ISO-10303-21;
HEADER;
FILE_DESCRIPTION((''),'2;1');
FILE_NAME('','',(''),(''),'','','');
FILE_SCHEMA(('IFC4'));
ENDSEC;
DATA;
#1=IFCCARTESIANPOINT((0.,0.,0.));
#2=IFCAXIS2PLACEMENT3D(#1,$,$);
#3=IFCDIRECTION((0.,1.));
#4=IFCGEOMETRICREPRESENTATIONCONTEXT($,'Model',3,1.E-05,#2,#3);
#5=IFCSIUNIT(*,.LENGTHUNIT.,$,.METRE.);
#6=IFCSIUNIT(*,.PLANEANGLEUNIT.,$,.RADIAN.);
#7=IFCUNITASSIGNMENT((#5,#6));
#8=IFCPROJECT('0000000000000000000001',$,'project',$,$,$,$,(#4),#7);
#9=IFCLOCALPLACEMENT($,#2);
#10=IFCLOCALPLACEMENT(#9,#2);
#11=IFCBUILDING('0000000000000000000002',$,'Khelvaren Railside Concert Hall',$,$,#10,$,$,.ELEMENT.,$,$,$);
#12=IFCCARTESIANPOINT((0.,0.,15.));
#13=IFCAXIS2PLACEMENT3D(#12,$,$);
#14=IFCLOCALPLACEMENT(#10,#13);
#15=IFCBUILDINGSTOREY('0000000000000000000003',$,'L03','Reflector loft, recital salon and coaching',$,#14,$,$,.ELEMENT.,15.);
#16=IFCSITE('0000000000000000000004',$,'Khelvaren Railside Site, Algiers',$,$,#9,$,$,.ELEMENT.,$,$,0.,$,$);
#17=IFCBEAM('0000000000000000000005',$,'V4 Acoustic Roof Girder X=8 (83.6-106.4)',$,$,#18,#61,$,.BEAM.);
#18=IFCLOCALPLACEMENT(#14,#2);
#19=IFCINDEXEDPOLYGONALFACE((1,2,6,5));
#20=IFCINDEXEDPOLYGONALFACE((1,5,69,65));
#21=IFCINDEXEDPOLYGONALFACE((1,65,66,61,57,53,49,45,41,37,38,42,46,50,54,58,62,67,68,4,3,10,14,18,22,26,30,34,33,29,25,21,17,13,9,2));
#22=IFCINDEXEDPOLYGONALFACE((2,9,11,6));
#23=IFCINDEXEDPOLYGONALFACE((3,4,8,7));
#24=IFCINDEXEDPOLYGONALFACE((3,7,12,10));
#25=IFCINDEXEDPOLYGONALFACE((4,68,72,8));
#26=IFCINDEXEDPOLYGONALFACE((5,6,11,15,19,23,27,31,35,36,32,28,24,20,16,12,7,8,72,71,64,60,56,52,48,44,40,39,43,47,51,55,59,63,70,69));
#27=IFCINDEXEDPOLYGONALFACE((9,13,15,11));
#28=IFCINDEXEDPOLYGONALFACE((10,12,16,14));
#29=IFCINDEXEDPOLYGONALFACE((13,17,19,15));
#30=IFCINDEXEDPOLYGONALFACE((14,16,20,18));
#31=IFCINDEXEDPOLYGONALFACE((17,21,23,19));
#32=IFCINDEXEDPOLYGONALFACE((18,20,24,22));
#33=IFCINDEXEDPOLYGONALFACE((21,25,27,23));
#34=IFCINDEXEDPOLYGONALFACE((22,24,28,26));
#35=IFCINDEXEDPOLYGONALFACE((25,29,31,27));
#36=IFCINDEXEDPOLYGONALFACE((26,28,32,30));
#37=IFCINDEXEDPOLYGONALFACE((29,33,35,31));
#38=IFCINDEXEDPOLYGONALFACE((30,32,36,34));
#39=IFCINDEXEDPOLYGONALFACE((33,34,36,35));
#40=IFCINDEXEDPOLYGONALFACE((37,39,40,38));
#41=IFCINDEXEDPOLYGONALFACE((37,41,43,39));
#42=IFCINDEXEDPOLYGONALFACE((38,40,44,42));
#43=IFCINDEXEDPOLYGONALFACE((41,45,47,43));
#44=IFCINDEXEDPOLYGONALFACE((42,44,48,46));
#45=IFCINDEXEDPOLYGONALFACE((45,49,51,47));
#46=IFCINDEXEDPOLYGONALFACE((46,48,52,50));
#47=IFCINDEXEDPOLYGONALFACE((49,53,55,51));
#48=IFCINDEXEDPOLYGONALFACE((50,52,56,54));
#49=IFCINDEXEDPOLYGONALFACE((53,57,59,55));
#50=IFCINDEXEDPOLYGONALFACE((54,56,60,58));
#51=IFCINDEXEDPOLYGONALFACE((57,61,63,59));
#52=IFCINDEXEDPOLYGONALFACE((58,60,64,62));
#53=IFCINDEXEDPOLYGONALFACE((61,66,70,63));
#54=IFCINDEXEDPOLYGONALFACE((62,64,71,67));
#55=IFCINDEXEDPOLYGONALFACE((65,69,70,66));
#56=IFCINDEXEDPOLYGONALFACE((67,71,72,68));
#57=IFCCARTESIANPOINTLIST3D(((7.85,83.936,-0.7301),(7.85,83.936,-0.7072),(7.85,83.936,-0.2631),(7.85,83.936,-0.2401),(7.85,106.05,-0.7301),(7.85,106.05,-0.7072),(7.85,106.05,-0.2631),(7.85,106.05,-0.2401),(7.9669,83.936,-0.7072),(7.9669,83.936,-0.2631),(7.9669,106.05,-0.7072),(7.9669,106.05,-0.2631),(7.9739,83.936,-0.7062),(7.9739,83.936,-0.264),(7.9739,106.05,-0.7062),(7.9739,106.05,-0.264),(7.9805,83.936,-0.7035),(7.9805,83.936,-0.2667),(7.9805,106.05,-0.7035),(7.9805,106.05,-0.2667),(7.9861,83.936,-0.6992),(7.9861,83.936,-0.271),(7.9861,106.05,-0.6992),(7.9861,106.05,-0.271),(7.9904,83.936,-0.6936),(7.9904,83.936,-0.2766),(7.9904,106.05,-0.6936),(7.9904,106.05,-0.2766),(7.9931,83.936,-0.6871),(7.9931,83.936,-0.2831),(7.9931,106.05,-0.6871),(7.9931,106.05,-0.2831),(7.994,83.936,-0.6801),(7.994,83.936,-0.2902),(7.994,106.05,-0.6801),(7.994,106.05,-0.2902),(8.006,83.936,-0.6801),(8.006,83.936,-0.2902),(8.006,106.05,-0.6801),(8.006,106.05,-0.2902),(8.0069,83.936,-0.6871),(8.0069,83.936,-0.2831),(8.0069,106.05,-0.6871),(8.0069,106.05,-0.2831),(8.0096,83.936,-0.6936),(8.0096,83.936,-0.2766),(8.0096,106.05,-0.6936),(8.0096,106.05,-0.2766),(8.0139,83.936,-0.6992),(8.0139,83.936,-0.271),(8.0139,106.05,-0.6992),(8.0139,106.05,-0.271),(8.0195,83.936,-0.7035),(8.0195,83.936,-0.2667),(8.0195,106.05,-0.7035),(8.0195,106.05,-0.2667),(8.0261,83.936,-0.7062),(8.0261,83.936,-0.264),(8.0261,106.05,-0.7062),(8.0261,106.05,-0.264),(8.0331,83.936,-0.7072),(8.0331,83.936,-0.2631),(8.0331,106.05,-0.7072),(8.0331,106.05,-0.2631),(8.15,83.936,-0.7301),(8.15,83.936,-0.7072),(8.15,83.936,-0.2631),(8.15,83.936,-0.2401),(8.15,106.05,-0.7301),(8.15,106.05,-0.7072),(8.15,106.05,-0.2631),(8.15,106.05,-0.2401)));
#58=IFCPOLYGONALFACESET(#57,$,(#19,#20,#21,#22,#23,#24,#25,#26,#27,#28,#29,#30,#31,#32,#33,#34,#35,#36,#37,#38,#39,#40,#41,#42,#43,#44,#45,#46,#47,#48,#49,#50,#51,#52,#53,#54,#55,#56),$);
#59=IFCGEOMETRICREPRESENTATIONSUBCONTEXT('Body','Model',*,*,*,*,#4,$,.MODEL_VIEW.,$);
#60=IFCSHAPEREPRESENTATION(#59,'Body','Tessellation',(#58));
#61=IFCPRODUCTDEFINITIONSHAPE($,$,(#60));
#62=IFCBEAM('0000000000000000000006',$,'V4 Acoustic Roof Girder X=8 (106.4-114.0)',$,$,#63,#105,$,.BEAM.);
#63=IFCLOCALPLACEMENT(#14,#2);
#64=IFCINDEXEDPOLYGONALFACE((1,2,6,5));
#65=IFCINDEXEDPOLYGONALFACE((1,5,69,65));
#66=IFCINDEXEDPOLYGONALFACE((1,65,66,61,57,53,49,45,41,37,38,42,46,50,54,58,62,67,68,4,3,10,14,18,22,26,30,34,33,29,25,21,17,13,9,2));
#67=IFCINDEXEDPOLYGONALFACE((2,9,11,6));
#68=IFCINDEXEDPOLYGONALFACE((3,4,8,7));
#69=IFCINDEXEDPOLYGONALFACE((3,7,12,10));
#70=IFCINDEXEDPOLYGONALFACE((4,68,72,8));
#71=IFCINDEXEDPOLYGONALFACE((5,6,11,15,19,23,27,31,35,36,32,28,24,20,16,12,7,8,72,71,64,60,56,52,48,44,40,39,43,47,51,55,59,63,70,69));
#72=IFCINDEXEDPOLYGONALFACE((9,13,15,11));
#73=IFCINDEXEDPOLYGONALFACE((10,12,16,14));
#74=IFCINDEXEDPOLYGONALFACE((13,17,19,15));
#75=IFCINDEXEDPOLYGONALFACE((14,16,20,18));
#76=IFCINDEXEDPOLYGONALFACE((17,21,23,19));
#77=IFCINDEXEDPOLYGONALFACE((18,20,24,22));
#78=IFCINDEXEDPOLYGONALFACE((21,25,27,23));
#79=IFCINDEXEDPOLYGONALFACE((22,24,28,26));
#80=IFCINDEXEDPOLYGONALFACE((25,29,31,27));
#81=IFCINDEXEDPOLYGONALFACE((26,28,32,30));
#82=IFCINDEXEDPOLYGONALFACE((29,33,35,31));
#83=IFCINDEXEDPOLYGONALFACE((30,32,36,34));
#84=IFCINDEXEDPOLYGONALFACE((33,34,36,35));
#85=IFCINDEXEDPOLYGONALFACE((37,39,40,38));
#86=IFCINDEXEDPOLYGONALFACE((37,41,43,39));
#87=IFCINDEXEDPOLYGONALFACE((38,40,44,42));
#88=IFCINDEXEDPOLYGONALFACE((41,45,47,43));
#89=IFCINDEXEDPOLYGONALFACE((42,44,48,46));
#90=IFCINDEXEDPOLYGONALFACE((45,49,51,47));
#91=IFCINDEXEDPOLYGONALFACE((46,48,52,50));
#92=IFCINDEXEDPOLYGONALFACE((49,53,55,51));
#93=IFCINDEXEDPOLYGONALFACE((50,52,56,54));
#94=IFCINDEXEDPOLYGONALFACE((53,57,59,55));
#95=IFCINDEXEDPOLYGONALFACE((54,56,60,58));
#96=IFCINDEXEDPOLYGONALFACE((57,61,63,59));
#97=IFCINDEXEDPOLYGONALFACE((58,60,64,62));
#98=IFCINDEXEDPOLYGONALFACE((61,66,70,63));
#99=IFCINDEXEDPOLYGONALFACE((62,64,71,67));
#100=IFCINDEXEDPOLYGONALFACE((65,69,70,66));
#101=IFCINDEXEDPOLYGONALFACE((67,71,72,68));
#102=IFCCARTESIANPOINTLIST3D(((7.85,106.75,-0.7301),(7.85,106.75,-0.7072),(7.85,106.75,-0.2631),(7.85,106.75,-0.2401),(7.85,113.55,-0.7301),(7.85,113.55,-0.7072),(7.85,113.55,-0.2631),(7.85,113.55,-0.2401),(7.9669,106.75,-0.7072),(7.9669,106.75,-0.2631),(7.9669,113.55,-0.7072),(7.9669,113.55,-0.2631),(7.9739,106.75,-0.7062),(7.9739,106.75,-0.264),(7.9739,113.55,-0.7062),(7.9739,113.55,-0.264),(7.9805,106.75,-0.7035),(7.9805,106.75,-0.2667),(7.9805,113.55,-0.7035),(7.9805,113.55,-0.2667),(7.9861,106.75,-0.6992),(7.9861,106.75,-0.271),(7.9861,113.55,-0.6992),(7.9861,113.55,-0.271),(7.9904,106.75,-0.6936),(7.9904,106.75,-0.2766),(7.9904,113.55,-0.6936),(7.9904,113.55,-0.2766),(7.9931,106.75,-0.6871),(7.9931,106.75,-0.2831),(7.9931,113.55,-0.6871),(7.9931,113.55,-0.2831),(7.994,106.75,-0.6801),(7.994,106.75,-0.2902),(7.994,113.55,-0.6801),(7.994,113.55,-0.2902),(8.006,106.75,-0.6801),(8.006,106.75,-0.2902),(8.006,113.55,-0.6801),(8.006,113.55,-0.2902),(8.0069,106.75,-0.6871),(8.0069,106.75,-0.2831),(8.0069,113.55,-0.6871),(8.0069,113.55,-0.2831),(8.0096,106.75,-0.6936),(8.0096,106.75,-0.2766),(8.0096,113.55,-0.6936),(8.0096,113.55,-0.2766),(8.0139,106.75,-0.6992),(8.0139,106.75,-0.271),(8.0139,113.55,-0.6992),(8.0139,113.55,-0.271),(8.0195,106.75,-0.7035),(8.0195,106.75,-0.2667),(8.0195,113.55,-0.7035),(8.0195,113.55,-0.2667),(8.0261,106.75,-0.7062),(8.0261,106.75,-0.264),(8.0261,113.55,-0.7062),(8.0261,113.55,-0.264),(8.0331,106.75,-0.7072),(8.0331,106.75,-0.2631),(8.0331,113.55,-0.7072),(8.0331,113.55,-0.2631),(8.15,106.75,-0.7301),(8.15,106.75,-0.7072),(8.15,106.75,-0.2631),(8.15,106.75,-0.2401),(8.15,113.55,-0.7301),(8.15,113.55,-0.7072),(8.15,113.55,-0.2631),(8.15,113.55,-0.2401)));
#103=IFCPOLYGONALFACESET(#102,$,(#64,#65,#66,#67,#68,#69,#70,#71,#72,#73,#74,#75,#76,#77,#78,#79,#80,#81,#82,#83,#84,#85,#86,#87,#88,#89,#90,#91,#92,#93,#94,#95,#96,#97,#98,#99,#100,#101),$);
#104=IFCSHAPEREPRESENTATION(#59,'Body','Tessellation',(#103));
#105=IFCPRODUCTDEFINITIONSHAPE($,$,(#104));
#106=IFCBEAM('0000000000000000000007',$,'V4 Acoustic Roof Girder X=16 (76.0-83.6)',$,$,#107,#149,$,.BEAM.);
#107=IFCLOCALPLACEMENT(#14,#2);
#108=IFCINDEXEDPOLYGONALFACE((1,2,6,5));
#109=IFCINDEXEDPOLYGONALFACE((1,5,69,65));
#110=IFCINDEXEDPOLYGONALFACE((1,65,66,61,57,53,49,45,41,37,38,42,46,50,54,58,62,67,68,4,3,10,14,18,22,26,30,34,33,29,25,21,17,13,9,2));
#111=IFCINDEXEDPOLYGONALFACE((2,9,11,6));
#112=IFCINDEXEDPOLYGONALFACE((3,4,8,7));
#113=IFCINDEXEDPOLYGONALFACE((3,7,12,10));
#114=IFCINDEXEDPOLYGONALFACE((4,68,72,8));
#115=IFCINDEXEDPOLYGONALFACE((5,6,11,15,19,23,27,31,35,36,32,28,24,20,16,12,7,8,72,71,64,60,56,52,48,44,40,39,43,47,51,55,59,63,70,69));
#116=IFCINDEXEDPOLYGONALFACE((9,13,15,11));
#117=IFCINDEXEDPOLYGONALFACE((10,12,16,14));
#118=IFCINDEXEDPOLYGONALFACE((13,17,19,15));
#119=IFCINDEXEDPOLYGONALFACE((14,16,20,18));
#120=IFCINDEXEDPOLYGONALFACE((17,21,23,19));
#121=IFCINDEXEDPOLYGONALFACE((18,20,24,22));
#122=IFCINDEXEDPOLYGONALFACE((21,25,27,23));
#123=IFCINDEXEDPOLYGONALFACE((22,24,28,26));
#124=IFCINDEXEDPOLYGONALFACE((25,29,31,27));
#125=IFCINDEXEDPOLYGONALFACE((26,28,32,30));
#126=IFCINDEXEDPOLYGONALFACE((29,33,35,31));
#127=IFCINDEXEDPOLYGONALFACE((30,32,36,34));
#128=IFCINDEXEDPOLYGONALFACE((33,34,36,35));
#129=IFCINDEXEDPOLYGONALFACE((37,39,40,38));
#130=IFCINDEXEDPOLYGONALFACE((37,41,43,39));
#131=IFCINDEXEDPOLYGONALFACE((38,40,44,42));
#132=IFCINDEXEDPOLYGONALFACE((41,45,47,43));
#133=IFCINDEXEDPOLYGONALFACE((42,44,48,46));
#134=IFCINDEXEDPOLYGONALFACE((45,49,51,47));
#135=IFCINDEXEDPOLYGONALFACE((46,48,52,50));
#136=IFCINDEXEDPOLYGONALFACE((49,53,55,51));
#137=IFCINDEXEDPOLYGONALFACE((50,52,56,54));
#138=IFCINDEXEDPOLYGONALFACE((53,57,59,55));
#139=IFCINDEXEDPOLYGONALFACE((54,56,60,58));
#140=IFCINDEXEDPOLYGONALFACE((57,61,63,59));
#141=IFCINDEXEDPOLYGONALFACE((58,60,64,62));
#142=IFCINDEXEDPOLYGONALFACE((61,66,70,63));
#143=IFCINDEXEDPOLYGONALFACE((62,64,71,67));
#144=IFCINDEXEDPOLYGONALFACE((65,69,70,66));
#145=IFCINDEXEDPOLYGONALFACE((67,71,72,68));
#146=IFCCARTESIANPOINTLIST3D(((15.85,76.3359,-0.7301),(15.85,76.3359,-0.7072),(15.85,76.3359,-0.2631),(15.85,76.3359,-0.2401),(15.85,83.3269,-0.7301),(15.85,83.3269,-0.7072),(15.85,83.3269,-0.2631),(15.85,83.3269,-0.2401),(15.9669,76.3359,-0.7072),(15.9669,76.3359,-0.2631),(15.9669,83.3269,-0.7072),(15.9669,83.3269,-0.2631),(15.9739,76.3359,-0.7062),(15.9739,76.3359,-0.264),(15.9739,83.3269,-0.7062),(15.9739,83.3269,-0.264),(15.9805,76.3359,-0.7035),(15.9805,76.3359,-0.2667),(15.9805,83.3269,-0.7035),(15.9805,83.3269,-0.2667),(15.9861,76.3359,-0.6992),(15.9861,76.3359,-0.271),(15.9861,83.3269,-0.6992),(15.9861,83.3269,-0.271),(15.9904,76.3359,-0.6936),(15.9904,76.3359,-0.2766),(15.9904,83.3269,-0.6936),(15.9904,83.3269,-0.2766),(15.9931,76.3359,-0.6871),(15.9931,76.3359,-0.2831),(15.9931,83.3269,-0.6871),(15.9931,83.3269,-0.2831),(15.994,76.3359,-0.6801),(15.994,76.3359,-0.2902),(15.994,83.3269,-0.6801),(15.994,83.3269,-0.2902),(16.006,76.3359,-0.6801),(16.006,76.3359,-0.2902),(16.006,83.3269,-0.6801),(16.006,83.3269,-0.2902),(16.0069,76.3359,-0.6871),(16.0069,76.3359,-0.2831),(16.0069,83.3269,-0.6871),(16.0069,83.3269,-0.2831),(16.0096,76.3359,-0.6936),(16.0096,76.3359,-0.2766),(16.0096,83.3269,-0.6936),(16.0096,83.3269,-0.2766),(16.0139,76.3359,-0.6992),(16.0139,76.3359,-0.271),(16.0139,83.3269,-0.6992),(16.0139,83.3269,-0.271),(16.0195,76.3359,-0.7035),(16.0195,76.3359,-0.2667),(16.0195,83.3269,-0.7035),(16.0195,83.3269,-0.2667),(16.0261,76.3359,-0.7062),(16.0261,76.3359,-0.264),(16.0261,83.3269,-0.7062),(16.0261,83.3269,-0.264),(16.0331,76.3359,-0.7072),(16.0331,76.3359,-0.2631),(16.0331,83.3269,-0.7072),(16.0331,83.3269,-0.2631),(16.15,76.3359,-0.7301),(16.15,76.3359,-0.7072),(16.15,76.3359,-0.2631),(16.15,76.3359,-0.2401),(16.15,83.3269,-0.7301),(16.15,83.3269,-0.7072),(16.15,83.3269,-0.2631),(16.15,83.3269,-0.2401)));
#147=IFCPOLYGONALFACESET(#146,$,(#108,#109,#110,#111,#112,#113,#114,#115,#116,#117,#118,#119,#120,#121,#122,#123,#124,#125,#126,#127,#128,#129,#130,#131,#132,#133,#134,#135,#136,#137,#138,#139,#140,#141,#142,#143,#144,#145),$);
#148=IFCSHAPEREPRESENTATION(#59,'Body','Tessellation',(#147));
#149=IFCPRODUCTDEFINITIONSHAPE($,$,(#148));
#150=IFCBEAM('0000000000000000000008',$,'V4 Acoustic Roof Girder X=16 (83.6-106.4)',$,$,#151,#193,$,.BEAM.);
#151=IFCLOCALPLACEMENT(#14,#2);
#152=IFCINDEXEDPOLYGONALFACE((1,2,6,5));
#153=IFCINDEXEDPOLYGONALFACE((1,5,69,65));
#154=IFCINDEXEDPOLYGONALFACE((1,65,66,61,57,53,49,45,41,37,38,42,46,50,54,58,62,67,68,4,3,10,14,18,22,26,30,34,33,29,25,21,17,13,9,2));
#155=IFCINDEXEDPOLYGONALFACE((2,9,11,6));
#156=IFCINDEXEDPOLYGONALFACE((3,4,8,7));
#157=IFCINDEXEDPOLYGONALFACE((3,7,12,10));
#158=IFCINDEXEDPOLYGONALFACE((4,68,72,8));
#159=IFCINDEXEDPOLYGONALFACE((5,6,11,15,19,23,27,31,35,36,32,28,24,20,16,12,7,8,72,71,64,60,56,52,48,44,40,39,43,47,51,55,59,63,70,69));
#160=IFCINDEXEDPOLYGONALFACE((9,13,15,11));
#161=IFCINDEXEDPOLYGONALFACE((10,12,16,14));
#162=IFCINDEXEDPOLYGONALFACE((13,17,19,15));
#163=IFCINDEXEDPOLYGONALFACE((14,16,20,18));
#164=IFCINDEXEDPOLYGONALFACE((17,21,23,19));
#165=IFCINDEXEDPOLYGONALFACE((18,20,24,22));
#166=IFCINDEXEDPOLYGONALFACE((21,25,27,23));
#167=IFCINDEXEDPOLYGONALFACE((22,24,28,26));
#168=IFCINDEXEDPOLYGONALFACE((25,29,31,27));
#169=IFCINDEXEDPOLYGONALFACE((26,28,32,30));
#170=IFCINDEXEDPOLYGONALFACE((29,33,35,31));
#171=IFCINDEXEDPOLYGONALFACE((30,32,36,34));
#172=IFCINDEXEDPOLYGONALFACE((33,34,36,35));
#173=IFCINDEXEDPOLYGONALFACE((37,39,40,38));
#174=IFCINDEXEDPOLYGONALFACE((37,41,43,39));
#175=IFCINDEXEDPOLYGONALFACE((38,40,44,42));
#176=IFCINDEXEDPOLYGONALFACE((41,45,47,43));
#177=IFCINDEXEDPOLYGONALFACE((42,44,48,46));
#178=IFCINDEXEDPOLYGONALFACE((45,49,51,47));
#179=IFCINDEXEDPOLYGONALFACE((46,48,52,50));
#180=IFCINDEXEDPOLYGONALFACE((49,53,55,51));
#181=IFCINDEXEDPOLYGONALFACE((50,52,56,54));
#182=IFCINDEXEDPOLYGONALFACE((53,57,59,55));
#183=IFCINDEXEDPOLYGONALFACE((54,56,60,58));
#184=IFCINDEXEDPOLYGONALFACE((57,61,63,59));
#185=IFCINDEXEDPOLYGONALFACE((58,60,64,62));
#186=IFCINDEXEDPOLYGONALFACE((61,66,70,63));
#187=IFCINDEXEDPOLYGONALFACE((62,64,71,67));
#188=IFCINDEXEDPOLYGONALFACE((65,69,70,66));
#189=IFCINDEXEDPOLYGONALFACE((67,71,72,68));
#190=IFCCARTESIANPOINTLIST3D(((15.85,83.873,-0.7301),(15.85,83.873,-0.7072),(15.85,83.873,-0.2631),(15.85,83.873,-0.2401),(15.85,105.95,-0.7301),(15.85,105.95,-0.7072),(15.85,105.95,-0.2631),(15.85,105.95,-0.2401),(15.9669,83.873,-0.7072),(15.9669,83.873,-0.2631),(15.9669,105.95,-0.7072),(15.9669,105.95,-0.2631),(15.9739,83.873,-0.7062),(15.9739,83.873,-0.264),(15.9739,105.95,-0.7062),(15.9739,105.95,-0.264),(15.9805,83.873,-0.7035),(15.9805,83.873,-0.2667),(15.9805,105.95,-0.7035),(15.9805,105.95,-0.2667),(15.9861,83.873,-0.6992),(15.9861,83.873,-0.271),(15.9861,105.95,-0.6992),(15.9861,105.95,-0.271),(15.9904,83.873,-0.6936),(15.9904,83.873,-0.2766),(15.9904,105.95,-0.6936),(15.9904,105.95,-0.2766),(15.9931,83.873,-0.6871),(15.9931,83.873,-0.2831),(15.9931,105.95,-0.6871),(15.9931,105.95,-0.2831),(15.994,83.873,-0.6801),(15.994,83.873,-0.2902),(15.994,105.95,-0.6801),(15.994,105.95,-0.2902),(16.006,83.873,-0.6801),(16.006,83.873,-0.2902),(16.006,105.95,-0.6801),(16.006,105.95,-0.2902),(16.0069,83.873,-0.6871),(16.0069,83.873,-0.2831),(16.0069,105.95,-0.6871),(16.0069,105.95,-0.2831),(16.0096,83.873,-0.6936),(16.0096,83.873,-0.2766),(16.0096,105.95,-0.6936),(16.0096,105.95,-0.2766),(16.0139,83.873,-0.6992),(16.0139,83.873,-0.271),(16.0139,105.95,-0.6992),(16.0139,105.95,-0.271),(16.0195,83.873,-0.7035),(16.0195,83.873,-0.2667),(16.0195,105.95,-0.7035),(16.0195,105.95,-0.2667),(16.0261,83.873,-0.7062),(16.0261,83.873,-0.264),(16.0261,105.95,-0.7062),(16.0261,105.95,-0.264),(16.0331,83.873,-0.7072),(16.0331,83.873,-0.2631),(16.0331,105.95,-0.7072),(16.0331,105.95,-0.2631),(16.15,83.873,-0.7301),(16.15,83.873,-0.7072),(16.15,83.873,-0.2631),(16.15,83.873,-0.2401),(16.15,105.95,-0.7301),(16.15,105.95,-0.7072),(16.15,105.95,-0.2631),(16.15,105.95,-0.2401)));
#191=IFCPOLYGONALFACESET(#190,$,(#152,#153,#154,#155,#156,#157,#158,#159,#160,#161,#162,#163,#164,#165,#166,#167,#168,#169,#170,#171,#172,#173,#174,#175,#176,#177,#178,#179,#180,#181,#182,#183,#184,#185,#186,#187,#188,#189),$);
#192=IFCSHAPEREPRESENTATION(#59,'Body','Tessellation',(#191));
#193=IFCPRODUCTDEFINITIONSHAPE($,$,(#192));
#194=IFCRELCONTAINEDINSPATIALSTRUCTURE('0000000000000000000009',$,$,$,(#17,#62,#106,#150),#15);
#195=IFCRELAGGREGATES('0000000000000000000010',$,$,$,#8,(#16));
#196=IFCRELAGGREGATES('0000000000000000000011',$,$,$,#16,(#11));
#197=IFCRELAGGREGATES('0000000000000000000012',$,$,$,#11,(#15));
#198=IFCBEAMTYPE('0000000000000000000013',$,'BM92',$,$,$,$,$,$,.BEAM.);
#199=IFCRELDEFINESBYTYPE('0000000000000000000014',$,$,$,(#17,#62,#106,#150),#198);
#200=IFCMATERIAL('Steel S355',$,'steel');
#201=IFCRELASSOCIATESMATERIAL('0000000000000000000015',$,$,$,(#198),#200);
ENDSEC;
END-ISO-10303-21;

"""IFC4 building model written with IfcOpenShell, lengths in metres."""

from ifc_helpers import new_model, si_unit, direction, frame, origin, origin_2d, place, context, subcontext, project, spatial, i_section, extrude, material, material_profile, profile_set, type_object, element, save


model = new_model("IFC4")

# Units and contexts
model_context = context("Model", 3, precision=1e-05, world=origin(), true_north=direction((0.0, 1.0)))
body_context = subcontext(model_context, "Body", "Model", "MODEL_VIEW")
ifc_project = project(units=[si_unit("LENGTHUNIT", "METRE"), si_unit("PLANEANGLEUNIT", "RADIAN")], contexts=[model_context])

# Site, building, storey
site_placement = place(None, origin())
site = spatial("IfcSite", under=ifc_project, at=site_placement, Name="Khelvaren Railside Site, Algiers", CompositionType="ELEMENT", RefElevation=0.0)
building_placement = place(site_placement, origin())
building = spatial("IfcBuilding", under=site, at=building_placement, Name="Khelvaren Railside Concert Hall", CompositionType="ELEMENT")
storey_placement = place(building_placement, frame((0.0, 0.0, 15.0)))
storey = spatial("IfcBuildingStorey", under=building, at=storey_placement, Name="L03", Description="Reflector loft, recital salon and coaching", CompositionType="ELEMENT", Elevation=15.0)

# Beams
ifc_material_1 = material(Name="Steel S355", Category="steel")
ifc_material_profile_1 = material_profile(ifc_material_1, i_section(OverallWidth=0.3, OverallDepth=0.49, WebThickness=0.012, FlangeThickness=0.0229, FilletRadius=0.0271, at=origin_2d()), Name="HEA 500")
ifc_profile_set_1 = profile_set([ifc_material_profile_1], Name="Steel S355")
beam_type = type_object("IfcBeamType", Name="BM92", PredefinedType="BEAM", material=ifc_profile_set_1)
beam_1_placement = place(storey_placement, frame((8.0, 83.936, -0.4851), z_axis=(0.0, 1.0, 0.0), x_axis=(-1.0, 0.0, 0.0)))
element("IfcBeam", 1, at=beam_1_placement, inside=storey, type_object=beam_type, Name="V4 Acoustic Roof Girder X=8 (83.6-106.4)", PredefinedType="BEAM", context=body_context, shape_type="SweptSolid", body=[
    extrude(i_section(OverallWidth=0.3, OverallDepth=0.49, WebThickness=0.012, FlangeThickness=0.0229, FilletRadius=0.0271, at=origin_2d()), origin(), (0.0, 0.0, 1.0), 22.114),
])
beam_2_placement = place(storey_placement, frame((8.0, 106.75, -0.4851), z_axis=(0.0, 1.0, 0.0), x_axis=(-1.0, 0.0, 0.0)))
element("IfcBeam", 2, at=beam_2_placement, inside=storey, type_object=beam_type, Name="V4 Acoustic Roof Girder X=8 (106.4-114.0)", PredefinedType="BEAM", context=body_context, shape_type="SweptSolid", body=[
    extrude(i_section(OverallWidth=0.3, OverallDepth=0.49, WebThickness=0.012, FlangeThickness=0.0229, FilletRadius=0.0271, at=origin_2d()), origin(), (0.0, 0.0, 1.0), 6.8),
])
beam_3_placement = place(storey_placement, frame((16.0, 76.3359, -0.4851), z_axis=(0.0, 1.0, 0.0), x_axis=(-1.0, 0.0, 0.0)))
element("IfcBeam", 3, at=beam_3_placement, inside=storey, type_object=beam_type, Name="V4 Acoustic Roof Girder X=16 (76.0-83.6)", PredefinedType="BEAM", context=body_context, shape_type="SweptSolid", body=[
    extrude(i_section(OverallWidth=0.3, OverallDepth=0.49, WebThickness=0.012, FlangeThickness=0.0229, FilletRadius=0.0271, at=origin_2d()), origin(), (0.0, 0.0, 1.0), 6.991),
])
beam_4_placement = place(storey_placement, frame((16.0, 83.873, -0.4851), z_axis=(0.0, 1.0, 0.0), x_axis=(-1.0, 0.0, 0.0)))
element("IfcBeam", 4, at=beam_4_placement, inside=storey, type_object=beam_type, Name="V4 Acoustic Roof Girder X=16 (83.6-106.4)", PredefinedType="BEAM", context=body_context, shape_type="SweptSolid", body=[
    extrude(i_section(OverallWidth=0.3, OverallDepth=0.49, WebThickness=0.012, FlangeThickness=0.0229, FilletRadius=0.0271, at=origin_2d()), origin(), (0.0, 0.0, 1.0), 22.0769),
])

save(model, "model.ifc")
